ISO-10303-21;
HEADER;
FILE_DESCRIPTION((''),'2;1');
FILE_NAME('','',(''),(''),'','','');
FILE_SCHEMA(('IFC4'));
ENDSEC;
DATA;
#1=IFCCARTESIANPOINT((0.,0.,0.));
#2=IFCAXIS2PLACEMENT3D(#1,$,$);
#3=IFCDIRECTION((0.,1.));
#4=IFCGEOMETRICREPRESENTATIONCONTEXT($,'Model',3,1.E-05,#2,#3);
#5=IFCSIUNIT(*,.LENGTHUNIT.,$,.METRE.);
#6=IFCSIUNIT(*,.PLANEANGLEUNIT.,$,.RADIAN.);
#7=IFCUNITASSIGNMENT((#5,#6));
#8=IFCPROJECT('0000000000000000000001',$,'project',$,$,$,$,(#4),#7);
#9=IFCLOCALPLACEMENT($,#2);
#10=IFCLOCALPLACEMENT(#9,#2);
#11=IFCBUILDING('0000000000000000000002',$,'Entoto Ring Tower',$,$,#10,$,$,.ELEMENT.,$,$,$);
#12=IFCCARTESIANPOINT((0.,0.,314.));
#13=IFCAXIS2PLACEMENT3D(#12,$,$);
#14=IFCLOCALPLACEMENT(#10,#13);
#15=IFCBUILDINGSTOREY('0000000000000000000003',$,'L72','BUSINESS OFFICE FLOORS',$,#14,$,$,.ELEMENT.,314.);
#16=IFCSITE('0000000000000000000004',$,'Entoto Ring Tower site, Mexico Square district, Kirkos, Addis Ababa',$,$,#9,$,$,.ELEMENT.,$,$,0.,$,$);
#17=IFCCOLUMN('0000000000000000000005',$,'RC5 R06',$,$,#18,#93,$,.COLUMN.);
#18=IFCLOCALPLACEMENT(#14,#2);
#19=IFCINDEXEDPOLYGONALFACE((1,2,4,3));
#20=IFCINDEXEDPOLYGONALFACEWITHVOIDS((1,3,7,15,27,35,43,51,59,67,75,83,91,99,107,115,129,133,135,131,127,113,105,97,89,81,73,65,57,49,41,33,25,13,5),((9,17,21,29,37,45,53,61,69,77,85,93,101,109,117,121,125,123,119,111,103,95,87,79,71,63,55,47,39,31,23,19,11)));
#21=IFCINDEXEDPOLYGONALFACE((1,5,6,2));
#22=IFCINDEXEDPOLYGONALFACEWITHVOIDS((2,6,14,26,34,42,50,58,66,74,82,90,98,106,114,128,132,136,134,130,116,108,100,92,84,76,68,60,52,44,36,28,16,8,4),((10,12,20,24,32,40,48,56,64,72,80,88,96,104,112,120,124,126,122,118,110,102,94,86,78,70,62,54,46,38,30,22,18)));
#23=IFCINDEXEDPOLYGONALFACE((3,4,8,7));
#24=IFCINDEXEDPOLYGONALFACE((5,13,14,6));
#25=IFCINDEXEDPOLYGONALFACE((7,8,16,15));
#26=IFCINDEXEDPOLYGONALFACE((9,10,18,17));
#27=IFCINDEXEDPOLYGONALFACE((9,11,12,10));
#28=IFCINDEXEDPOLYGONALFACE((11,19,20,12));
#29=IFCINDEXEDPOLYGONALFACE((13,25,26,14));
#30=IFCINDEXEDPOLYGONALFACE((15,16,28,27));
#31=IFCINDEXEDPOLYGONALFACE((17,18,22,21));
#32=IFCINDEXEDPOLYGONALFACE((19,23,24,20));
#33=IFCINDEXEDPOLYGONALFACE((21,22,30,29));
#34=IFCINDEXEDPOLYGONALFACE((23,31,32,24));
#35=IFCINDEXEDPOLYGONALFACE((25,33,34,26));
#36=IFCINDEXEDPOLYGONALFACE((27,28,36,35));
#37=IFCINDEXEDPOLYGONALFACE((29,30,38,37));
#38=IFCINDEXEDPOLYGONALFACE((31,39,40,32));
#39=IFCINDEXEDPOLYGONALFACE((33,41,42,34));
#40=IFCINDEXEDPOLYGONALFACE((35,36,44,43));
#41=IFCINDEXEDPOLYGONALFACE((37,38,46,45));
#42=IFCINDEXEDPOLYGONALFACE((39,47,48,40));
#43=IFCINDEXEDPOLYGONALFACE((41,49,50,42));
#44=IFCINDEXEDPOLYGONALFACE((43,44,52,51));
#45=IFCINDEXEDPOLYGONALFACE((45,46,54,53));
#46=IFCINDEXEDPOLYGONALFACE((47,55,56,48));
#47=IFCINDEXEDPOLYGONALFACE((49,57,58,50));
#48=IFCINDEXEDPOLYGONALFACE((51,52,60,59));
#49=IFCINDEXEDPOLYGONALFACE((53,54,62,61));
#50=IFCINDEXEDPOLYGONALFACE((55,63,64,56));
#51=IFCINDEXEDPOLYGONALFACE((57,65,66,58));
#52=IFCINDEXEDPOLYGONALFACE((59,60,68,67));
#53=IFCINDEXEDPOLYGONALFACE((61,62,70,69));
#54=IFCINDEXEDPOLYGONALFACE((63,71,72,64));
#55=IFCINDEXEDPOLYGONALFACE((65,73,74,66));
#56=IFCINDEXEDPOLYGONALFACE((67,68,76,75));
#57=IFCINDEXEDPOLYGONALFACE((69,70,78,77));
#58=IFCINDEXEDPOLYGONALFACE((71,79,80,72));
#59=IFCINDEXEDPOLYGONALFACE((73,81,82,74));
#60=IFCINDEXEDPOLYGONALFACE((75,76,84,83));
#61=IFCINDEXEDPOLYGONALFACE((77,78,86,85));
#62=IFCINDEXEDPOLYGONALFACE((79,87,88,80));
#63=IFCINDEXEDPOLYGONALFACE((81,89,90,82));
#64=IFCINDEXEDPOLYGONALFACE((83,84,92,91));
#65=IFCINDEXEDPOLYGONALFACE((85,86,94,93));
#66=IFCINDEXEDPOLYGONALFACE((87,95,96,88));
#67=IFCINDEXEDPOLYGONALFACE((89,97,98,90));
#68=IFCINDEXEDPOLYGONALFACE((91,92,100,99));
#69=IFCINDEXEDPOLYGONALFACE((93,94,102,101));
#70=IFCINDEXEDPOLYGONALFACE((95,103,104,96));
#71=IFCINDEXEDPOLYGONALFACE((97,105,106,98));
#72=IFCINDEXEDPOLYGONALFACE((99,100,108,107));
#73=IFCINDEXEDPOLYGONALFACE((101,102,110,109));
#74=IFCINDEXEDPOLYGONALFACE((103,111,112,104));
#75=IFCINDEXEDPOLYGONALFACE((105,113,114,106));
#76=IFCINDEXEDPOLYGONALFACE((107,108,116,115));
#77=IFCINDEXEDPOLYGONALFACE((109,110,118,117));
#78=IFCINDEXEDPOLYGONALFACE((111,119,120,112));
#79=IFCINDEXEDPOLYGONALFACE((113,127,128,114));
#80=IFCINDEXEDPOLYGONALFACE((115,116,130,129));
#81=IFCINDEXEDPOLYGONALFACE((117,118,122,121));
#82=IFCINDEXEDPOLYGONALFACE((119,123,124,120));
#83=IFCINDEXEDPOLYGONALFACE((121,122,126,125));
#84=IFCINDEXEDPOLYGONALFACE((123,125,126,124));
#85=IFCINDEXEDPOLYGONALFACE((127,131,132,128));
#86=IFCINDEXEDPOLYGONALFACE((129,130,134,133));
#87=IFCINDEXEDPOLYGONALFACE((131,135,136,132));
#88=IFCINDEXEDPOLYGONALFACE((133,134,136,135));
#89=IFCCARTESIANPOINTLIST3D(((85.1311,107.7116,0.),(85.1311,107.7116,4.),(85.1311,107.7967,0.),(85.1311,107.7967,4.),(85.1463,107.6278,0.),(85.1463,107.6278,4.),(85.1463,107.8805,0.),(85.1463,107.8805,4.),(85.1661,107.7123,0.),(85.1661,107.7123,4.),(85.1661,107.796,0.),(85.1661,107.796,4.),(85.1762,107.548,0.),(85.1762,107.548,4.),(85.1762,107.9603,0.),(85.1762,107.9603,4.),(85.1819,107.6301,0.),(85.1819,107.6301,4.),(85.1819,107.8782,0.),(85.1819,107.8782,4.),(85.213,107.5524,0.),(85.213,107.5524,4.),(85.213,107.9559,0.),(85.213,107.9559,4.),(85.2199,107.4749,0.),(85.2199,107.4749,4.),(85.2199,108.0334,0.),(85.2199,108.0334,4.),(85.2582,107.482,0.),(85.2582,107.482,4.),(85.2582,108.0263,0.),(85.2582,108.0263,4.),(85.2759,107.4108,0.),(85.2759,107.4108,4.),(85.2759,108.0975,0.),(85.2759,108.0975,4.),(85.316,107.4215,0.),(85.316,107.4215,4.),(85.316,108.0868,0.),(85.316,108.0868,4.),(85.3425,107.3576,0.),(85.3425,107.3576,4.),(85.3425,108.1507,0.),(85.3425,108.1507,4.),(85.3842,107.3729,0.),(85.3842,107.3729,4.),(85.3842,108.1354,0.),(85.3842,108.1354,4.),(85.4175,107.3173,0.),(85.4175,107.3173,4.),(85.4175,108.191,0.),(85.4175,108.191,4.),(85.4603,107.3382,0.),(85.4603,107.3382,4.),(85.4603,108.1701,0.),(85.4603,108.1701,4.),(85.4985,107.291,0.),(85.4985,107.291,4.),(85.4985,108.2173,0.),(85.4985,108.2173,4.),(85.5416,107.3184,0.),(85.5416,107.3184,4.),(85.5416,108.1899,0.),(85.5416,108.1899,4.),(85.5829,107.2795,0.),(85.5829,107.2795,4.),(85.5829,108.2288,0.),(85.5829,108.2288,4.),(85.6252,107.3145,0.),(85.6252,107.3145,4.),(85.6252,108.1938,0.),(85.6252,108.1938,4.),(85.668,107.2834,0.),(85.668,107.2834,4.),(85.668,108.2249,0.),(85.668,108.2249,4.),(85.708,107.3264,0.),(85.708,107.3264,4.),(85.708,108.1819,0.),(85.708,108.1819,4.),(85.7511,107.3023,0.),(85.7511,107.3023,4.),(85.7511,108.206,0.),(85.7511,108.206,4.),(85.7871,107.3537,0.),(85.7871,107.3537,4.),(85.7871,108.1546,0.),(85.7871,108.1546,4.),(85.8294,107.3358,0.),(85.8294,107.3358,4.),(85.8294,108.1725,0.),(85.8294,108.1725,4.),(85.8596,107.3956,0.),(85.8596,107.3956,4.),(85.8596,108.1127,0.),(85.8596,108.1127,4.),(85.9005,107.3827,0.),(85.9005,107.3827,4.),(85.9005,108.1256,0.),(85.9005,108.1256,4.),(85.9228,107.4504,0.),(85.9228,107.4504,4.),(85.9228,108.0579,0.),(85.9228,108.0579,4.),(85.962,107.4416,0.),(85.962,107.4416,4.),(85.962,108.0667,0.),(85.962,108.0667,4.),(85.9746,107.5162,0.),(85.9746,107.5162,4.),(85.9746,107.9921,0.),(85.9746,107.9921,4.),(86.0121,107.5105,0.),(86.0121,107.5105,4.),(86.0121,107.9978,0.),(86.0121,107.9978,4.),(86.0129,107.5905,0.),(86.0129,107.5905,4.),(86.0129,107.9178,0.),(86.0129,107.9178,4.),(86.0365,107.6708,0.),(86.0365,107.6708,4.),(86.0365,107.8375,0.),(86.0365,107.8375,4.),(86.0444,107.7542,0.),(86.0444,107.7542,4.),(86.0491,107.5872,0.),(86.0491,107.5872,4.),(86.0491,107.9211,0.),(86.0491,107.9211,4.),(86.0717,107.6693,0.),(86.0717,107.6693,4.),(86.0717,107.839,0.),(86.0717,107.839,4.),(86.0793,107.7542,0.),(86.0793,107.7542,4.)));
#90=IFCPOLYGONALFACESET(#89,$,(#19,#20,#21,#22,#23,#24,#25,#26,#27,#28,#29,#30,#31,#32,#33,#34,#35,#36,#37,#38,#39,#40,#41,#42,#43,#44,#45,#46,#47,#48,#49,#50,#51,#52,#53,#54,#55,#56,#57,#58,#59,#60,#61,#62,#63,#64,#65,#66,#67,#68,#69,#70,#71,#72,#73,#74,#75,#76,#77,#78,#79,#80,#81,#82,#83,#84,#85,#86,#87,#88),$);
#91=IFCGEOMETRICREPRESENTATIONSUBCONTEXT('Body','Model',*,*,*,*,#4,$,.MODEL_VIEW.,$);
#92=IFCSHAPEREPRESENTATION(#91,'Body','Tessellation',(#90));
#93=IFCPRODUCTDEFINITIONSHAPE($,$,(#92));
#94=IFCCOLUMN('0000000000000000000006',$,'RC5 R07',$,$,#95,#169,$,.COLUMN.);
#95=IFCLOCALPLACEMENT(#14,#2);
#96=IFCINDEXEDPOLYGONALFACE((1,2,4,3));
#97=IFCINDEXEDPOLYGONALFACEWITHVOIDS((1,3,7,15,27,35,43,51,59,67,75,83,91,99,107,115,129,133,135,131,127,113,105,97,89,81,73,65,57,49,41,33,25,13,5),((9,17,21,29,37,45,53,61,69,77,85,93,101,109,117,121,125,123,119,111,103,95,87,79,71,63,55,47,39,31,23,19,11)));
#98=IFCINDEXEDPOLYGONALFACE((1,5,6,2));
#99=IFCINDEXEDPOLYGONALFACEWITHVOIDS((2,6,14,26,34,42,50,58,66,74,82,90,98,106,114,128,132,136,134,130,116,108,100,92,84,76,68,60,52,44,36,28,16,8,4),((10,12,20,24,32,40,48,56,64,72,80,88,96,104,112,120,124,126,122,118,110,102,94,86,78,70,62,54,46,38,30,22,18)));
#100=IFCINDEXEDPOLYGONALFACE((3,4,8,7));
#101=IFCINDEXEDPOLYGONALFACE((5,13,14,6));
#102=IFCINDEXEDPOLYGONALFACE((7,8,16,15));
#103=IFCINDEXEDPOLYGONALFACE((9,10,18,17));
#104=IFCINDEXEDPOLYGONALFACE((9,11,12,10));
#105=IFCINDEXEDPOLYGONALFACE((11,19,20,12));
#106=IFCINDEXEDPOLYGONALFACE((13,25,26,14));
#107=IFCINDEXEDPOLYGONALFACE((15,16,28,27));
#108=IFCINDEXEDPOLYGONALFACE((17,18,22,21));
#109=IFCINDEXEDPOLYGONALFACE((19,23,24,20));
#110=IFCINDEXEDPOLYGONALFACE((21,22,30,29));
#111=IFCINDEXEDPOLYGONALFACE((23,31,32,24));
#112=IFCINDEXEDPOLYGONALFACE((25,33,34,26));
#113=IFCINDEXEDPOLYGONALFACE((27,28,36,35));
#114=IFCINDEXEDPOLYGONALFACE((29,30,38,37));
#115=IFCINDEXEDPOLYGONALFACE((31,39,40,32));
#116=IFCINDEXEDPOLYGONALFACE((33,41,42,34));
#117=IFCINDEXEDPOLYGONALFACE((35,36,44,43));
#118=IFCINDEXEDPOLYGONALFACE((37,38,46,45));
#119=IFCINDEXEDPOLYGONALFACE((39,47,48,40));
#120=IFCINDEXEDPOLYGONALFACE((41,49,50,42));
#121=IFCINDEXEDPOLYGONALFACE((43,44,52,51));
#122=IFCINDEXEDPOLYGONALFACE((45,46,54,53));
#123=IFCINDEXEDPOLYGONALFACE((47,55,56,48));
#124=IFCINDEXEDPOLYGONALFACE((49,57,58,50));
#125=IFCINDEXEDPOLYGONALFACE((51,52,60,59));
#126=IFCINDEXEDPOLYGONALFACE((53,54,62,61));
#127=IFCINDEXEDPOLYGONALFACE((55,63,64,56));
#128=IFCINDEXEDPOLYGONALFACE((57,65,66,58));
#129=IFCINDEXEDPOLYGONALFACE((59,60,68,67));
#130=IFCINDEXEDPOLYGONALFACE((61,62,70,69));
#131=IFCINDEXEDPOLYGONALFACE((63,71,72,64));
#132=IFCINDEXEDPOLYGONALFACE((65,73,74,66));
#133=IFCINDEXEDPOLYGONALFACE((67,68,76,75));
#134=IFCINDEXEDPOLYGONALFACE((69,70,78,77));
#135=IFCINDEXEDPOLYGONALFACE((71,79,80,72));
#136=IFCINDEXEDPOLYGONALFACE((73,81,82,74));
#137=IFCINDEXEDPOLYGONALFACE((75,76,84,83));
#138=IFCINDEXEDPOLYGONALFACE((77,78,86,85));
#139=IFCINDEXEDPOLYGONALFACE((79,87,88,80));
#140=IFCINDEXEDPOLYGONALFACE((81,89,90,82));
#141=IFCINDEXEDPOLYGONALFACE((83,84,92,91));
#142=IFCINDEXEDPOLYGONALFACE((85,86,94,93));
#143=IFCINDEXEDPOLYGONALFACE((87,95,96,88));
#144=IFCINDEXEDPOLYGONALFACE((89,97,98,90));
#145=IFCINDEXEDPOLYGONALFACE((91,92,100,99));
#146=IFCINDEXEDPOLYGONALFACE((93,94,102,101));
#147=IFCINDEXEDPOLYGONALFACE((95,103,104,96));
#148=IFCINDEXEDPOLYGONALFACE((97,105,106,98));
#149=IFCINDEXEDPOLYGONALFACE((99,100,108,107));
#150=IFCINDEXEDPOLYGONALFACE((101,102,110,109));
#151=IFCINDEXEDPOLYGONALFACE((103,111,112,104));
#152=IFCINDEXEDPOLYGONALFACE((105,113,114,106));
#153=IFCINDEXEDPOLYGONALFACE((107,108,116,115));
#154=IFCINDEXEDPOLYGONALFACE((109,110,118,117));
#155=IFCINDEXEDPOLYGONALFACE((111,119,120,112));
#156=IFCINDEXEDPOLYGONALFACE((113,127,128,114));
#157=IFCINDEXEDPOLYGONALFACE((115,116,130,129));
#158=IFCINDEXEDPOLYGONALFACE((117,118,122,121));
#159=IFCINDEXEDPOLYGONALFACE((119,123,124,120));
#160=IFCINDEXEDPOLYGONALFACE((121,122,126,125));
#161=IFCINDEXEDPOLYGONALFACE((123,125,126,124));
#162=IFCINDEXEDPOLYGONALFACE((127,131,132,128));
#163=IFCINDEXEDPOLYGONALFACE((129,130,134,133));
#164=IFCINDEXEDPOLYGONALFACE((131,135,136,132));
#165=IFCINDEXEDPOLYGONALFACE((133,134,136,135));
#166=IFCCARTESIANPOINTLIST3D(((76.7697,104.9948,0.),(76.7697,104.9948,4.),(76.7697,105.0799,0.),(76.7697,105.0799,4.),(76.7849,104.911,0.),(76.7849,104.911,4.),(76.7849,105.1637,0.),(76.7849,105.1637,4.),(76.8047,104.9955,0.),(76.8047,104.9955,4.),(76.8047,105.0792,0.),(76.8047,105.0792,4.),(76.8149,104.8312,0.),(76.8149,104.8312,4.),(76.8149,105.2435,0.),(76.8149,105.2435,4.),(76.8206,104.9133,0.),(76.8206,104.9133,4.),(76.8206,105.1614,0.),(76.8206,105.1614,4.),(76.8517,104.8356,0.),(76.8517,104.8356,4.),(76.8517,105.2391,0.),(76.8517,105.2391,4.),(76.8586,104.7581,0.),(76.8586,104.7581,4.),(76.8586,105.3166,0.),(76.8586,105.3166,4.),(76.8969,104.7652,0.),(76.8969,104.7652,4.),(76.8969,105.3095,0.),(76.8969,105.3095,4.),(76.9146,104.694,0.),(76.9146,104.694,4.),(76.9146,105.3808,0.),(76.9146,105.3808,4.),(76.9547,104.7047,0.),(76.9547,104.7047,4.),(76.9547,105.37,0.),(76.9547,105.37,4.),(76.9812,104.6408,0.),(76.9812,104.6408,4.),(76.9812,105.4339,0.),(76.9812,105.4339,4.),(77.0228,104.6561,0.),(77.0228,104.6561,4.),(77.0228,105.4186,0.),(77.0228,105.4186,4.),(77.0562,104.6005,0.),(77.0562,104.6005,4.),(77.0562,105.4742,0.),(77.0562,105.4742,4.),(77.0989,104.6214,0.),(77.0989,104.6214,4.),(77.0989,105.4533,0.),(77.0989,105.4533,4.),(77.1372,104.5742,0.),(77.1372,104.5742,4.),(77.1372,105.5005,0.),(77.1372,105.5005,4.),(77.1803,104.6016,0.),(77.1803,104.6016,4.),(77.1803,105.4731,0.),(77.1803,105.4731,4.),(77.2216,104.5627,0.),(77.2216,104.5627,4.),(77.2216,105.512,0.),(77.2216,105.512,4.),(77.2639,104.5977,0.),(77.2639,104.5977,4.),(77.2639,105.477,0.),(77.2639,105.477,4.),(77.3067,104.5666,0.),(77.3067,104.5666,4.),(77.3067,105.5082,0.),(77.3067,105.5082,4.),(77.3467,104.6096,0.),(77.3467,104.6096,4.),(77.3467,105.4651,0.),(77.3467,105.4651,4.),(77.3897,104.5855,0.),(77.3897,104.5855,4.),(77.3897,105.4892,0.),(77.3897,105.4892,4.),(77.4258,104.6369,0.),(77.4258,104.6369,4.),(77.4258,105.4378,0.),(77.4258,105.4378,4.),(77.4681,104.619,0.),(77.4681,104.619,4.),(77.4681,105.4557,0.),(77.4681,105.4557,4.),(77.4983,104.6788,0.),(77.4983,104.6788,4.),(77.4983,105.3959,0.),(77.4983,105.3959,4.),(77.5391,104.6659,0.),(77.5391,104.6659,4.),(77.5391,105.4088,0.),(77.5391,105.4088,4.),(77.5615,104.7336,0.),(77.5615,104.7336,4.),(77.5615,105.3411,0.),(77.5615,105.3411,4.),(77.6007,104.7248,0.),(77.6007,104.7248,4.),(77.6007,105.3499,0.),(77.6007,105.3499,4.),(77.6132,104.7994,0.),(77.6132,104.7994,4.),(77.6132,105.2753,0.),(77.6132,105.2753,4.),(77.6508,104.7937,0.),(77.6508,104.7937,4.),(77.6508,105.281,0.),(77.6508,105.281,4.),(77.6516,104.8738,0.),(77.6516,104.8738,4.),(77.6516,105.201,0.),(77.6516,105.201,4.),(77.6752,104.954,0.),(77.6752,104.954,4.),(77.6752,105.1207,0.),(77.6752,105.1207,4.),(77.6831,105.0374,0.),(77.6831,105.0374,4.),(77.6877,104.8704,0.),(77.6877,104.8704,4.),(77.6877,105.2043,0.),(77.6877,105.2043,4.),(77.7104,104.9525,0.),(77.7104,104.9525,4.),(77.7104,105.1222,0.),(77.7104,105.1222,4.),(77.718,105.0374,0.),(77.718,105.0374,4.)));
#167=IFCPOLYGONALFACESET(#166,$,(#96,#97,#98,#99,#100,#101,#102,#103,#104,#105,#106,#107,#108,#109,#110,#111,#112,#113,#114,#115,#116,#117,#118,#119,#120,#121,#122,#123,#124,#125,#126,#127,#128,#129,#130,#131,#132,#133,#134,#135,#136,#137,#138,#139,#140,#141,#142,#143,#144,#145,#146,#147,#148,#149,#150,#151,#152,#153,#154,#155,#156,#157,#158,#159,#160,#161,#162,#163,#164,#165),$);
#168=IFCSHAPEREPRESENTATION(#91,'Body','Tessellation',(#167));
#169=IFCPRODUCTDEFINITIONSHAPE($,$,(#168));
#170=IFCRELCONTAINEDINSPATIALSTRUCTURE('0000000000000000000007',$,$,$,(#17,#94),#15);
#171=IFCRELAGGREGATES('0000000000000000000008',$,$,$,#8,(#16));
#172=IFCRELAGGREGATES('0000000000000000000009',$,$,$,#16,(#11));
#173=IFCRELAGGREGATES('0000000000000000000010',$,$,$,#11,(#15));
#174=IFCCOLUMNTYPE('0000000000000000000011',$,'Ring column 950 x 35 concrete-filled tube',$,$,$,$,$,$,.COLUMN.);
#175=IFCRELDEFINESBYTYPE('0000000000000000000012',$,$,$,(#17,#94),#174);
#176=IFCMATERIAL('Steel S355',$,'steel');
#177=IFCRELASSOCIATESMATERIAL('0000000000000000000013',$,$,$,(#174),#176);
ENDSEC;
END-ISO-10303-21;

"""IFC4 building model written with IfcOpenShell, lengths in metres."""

from ifc_helpers import new_model, si_unit, direction, frame, origin, origin_2d, place, context, subcontext, project, spatial, circle, hollow_circle, extrude, material, material_profile, profile_set, type_object, element, save


model = new_model("IFC4")

# Units and contexts
model_context = context("Model", 3, precision=1e-05, world=origin(), true_north=direction((0.0, 1.0)))
body_context = subcontext(model_context, "Body", "Model", "MODEL_VIEW")
ifc_project = project(units=[si_unit("LENGTHUNIT", "METRE"), si_unit("PLANEANGLEUNIT", "RADIAN")], contexts=[model_context])

# Site, building, storey
site_placement = place(None, origin())
site = spatial("IfcSite", under=ifc_project, at=site_placement, Name="Entoto Ring Tower site, Mexico Square district, Kirkos, Addis Ababa", CompositionType="ELEMENT", RefElevation=0.0)
building_placement = place(site_placement, origin())
building = spatial("IfcBuilding", under=site, at=building_placement, Name="Entoto Ring Tower", CompositionType="ELEMENT")
storey_placement = place(building_placement, frame((0.0, 0.0, 314.0)))
storey = spatial("IfcBuildingStorey", under=building, at=storey_placement, Name="L72", Description="BUSINESS OFFICE FLOORS", CompositionType="ELEMENT", Elevation=314.0)

# Columns
ifc_material_1 = material(Name="Steel S355", Category="steel")
ifc_material_profile_1 = material_profile(ifc_material_1, hollow_circle(Radius=0.4751, WallThickness=0.0349, at=origin_2d()), Name="CHS 950 x 35")
ifc_material_2 = material(Name="Concrete C60/75", Category="concrete")
ifc_material_profile_2 = material_profile(ifc_material_2, circle(Radius=0.4399, at=origin_2d()), Name="Concrete C60/75 infill")
ifc_profile_set_1 = profile_set([ifc_material_profile_1, ifc_material_profile_2], Name="Steel S355")
column_type = type_object("IfcColumnType", Name="Ring column 950 x 35 concrete-filled tube", PredefinedType="COLUMN", material=ifc_profile_set_1)
for number, where, z_axis, x_axis, name in (
    (1, (85.6042, 107.7542, 0.0), (0.0, 0.0, 1.0), (1.0, 0.0, 0.0), "RC5 R06"),
    (2, (77.2429, 105.0374, 0.0), (0.0, 0.0, 1.0), (1.0, 0.0, 0.0), "RC5 R07"),
):
    element("IfcColumn", number, at=place(storey_placement, frame(where, z_axis=z_axis, x_axis=x_axis)), inside=storey, type_object=column_type, Name=name, PredefinedType="COLUMN", context=body_context, shape_type="SweptSolid", body=[
        extrude(hollow_circle(Radius=0.4751, WallThickness=0.0349, at=origin_2d()), origin(), (0.0, 0.0, 1.0), 4.0),
    ])

save(model, "model.ifc")
